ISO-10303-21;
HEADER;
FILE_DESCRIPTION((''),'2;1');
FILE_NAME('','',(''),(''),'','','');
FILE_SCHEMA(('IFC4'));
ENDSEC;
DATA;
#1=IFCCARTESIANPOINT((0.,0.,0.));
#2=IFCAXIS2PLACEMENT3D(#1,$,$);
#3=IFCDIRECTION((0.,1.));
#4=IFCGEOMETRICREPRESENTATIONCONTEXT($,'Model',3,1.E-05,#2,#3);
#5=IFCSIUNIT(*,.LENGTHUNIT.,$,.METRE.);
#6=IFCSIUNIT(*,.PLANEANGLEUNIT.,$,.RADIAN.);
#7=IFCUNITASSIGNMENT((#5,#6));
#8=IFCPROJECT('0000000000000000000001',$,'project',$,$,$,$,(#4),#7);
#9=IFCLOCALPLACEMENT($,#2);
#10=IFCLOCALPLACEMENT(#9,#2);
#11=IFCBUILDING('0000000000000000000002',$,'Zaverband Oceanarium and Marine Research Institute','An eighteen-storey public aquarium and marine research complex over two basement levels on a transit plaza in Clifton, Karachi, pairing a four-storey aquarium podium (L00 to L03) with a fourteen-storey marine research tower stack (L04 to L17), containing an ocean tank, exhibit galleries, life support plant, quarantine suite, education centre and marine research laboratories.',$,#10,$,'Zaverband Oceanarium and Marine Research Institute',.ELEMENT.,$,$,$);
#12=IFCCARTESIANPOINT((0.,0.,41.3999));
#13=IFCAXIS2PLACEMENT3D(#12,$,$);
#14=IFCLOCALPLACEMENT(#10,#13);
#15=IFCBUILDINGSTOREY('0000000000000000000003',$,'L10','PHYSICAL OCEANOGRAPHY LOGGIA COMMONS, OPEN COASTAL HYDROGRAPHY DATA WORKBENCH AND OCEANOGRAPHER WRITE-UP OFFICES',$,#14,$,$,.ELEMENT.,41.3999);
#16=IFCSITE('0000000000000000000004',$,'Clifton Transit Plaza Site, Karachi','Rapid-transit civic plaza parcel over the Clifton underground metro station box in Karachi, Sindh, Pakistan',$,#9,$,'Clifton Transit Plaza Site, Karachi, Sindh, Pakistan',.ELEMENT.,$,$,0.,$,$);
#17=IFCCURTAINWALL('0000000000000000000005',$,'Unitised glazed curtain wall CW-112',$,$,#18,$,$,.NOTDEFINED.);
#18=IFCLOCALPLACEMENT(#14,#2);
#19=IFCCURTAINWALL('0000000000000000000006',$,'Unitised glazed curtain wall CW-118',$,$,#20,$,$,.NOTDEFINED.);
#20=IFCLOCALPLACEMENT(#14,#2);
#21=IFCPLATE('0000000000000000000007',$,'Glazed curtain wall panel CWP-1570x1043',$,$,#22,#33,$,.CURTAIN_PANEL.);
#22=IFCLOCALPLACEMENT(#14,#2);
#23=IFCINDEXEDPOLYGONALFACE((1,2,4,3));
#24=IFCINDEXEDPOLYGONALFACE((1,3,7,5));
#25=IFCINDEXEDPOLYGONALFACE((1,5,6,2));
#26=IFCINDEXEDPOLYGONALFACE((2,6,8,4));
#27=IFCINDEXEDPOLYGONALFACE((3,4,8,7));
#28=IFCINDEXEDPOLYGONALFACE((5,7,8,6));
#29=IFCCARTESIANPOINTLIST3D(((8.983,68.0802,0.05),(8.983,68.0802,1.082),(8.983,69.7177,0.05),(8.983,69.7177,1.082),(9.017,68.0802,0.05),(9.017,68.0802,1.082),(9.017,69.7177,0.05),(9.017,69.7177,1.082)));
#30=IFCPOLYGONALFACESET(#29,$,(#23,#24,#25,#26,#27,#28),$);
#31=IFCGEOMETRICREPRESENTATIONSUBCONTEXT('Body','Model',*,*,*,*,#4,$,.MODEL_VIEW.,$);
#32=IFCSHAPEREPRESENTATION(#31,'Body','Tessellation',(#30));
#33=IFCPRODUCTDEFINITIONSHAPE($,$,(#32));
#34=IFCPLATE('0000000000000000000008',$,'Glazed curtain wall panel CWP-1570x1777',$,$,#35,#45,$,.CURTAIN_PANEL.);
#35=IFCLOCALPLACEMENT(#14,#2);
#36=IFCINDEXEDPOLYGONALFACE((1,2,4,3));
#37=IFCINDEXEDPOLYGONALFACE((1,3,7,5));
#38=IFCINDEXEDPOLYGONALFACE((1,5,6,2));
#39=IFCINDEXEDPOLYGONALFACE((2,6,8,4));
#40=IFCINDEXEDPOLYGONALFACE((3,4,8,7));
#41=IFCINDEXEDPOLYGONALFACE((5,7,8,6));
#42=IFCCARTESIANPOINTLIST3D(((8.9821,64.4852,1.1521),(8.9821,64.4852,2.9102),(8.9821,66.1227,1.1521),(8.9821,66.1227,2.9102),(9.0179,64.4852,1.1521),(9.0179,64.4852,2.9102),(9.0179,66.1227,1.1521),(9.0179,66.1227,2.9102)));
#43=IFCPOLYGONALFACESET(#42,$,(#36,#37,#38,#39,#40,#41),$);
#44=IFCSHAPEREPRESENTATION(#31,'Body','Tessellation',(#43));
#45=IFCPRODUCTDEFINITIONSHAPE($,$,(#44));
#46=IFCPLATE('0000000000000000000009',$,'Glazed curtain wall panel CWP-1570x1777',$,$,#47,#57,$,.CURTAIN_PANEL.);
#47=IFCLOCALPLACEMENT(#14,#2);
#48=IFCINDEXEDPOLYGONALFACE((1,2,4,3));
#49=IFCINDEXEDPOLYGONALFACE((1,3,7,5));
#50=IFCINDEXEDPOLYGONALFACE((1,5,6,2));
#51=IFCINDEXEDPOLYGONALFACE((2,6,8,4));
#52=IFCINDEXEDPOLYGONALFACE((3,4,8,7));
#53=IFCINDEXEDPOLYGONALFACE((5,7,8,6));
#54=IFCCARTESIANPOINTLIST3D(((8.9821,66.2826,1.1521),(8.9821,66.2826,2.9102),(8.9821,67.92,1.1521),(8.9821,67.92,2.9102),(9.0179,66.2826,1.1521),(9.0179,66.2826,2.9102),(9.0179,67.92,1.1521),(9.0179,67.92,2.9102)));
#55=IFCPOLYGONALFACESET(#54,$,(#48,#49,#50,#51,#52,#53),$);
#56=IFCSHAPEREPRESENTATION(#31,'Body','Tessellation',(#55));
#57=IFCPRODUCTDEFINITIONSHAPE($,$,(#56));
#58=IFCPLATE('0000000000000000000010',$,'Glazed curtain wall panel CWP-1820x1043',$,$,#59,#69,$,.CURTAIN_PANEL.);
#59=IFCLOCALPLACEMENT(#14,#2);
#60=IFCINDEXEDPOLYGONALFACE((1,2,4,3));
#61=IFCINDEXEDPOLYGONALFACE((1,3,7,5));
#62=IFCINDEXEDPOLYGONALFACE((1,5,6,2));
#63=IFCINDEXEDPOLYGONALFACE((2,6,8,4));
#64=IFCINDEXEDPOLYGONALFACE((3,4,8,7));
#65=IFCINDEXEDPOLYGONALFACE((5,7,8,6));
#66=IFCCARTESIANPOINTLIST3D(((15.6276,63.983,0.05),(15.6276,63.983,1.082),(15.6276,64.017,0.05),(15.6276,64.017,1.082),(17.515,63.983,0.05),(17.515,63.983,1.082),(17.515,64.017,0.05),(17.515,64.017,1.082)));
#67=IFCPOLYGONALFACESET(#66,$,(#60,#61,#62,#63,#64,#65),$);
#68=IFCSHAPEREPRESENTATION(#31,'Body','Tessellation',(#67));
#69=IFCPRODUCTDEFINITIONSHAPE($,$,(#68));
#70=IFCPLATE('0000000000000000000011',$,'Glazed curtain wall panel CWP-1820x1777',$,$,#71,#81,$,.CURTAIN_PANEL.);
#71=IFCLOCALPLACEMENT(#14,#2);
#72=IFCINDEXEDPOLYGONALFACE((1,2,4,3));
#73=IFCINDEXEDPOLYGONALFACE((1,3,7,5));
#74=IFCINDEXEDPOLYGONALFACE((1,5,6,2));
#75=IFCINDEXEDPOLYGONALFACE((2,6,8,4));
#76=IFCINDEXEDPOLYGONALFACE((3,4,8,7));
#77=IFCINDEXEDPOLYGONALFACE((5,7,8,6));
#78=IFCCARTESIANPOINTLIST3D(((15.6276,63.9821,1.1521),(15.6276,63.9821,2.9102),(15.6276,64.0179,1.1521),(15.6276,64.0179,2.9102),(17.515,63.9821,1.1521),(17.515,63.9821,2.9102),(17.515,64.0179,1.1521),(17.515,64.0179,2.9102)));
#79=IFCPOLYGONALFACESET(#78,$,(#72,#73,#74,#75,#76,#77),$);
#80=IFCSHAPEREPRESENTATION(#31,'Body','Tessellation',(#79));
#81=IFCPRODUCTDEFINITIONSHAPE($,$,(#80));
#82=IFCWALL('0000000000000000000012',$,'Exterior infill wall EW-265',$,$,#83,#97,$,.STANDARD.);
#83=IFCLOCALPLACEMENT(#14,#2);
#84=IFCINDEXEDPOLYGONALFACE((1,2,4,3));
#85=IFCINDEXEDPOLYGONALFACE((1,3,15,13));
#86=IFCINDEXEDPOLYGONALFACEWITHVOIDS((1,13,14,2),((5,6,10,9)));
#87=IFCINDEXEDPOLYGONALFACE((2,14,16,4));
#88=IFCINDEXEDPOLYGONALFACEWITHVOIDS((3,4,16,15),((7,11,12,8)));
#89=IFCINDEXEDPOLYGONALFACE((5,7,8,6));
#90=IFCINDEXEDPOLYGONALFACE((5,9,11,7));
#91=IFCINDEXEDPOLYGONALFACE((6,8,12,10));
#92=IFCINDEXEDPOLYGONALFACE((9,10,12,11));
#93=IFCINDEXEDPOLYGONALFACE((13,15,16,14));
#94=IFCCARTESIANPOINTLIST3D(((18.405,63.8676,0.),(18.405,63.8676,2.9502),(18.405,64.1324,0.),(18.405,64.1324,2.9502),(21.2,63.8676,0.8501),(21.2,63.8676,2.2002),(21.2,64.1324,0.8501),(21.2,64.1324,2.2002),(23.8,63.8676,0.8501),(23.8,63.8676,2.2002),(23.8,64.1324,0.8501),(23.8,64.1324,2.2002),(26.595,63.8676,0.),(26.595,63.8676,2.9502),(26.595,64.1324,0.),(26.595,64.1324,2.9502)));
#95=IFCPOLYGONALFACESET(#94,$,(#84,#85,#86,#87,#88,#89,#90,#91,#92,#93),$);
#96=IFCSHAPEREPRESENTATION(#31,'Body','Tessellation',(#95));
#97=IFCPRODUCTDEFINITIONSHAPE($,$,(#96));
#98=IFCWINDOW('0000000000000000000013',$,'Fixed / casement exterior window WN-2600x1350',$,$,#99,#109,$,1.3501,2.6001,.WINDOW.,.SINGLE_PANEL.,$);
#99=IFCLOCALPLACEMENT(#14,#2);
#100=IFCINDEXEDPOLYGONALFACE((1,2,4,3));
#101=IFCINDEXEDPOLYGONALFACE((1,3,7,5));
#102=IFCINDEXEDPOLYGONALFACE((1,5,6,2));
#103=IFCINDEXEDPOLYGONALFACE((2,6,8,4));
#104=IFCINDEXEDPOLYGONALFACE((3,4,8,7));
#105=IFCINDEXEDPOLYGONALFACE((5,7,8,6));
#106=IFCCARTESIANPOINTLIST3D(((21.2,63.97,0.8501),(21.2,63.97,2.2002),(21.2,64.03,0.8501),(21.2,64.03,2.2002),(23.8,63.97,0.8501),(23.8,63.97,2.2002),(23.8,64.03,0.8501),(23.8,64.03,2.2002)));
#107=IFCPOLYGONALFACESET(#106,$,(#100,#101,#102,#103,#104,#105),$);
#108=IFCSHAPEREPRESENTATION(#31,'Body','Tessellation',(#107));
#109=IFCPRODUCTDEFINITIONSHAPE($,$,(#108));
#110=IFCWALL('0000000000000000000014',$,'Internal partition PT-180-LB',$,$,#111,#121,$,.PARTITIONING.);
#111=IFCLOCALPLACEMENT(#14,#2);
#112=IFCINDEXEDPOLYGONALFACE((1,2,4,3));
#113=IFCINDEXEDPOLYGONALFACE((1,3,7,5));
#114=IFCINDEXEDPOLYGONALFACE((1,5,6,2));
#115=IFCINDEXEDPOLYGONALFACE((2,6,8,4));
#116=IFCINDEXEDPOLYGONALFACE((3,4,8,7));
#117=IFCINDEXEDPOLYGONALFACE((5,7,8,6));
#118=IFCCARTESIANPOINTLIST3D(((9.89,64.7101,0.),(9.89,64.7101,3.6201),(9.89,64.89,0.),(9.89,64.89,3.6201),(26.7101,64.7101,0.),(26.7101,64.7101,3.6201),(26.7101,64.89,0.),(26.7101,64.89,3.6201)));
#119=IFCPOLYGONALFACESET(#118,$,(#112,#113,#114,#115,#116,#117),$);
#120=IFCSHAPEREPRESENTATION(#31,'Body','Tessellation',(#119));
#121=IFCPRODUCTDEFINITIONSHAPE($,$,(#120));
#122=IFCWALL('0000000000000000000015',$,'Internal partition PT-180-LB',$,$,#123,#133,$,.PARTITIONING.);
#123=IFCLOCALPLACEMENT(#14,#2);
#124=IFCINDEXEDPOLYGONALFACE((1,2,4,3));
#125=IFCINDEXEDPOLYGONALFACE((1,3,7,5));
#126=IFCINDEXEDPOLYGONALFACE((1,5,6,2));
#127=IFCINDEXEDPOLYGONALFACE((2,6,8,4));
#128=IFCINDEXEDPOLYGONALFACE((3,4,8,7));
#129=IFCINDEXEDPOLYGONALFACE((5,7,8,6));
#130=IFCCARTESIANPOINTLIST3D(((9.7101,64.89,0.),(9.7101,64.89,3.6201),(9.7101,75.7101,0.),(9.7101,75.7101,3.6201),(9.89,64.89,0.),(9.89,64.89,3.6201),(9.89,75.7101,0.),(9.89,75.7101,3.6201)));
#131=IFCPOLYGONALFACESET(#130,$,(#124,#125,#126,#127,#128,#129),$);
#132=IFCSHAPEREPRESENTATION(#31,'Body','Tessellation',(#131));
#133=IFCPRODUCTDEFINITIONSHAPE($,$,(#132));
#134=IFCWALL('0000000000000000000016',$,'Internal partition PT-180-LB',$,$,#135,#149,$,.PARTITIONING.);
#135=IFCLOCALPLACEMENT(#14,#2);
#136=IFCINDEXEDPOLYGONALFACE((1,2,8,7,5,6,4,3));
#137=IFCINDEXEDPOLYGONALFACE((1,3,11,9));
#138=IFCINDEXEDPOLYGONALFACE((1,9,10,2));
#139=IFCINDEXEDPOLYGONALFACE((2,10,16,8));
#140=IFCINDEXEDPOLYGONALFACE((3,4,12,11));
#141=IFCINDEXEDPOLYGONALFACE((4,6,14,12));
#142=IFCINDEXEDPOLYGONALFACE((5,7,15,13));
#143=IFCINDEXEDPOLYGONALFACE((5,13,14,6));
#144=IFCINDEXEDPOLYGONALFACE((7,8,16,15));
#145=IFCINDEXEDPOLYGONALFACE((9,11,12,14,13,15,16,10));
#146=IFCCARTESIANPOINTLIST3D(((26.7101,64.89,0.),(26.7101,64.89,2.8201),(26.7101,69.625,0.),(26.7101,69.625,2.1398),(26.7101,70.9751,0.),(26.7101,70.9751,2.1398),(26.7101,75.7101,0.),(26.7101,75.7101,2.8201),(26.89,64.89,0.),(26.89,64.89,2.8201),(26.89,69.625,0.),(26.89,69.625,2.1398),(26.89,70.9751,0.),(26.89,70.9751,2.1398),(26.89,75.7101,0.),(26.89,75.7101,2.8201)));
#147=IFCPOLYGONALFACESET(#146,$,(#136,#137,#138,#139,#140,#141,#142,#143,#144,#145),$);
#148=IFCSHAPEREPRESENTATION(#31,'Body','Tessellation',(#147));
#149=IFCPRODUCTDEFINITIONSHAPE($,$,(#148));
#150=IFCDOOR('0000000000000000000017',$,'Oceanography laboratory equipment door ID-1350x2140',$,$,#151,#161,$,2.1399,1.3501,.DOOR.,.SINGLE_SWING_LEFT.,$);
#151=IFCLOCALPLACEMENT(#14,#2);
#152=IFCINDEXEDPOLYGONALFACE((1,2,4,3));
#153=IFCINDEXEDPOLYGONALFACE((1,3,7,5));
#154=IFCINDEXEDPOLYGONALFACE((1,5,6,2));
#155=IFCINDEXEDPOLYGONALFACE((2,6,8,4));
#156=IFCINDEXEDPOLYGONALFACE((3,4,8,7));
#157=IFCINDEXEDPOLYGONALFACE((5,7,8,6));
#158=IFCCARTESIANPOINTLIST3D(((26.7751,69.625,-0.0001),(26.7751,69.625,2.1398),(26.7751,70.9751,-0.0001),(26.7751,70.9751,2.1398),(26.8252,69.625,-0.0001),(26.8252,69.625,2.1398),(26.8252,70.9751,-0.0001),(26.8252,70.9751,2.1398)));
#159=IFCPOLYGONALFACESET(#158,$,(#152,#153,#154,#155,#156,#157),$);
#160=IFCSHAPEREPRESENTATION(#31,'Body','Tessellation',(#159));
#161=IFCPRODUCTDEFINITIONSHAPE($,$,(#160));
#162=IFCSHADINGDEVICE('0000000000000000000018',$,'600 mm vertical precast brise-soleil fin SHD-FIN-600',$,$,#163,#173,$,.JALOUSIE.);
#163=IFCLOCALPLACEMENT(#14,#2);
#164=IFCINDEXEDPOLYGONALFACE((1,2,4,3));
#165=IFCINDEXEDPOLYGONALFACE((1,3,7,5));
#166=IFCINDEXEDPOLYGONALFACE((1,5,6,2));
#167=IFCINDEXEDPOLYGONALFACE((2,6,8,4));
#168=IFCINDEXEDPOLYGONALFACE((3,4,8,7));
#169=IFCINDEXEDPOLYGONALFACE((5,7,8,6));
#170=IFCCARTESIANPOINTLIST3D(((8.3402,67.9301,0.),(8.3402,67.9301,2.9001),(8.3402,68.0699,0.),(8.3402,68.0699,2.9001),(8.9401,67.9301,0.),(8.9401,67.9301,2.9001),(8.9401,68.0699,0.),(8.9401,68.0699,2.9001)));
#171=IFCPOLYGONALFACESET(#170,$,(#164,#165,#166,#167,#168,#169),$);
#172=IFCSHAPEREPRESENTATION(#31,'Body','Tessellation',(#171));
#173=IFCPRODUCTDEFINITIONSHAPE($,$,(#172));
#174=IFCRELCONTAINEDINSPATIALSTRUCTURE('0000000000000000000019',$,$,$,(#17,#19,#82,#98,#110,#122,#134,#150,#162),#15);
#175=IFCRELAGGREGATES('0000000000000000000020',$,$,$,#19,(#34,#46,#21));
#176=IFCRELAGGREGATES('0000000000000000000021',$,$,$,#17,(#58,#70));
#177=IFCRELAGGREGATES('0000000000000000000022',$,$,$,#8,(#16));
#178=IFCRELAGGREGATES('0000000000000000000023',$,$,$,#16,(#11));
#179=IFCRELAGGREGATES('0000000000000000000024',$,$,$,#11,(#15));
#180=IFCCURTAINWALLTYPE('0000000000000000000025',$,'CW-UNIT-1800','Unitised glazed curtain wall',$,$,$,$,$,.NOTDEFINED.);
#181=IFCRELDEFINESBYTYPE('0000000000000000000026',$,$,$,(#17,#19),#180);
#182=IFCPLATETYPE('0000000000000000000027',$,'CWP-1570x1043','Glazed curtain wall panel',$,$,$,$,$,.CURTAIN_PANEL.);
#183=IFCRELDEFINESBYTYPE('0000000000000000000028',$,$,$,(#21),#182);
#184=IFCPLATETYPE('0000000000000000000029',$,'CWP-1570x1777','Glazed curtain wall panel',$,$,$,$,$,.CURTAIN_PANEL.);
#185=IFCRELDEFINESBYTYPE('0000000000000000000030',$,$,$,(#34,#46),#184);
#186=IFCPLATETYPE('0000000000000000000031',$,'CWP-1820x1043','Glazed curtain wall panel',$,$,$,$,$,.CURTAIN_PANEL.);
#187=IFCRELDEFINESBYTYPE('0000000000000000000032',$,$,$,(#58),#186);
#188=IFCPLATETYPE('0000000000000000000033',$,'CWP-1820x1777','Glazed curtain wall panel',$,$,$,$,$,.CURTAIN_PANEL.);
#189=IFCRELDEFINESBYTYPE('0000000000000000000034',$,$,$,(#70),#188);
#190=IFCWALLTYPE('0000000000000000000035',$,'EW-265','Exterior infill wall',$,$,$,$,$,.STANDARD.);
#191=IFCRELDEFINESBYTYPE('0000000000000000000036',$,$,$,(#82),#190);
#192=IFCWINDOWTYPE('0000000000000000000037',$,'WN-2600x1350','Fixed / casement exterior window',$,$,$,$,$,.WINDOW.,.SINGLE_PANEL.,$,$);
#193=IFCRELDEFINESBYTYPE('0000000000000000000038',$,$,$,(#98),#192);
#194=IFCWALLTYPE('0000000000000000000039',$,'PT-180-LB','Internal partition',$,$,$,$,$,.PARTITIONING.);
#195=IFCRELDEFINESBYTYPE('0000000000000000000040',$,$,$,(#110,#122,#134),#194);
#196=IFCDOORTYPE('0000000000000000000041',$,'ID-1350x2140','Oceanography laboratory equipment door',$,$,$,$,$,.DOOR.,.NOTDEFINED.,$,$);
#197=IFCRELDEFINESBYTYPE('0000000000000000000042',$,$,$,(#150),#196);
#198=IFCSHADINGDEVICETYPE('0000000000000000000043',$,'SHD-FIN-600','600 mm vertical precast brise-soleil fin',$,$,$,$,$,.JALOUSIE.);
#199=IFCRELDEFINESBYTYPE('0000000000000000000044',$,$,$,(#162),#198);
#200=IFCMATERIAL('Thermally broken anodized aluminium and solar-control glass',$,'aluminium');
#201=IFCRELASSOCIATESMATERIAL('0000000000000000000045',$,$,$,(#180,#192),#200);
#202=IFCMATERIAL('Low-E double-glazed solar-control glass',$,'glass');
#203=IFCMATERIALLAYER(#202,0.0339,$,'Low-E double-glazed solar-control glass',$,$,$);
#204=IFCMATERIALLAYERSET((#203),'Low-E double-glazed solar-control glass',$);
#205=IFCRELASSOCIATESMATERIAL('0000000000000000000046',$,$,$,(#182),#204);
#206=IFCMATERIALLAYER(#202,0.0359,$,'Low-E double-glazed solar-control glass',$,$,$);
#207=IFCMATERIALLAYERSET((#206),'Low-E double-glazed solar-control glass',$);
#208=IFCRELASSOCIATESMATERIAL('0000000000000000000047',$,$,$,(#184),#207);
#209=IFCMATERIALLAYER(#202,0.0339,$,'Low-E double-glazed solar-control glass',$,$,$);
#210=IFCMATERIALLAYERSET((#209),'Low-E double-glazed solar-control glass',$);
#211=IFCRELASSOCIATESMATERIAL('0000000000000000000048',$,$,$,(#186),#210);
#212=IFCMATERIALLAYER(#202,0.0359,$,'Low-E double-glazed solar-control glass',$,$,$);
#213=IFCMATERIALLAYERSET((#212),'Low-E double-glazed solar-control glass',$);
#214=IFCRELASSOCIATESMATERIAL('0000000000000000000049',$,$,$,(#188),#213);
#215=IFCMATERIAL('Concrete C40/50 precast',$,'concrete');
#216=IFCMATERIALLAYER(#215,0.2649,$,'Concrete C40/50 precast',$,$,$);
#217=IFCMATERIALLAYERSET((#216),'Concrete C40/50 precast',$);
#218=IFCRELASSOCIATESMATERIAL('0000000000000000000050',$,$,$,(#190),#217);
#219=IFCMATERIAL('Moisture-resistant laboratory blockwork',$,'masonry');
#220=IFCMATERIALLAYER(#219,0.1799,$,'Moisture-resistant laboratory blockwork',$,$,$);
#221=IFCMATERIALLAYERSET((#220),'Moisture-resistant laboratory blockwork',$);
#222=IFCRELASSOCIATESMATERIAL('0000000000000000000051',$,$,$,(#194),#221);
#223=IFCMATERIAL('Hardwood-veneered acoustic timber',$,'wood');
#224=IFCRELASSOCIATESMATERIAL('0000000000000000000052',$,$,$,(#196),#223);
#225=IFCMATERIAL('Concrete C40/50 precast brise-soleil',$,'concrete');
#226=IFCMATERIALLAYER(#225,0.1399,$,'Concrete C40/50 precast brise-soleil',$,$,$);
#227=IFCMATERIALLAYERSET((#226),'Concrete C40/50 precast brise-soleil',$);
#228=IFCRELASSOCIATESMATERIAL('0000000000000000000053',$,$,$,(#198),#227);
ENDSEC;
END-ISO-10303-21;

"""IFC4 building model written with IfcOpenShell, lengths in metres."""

from ifc_helpers import new_model, si_unit, direction, frame, frame_2d, origin, place, context, subcontext, project, spatial, rectangle, extrude, material, layer, layer_set, type_object, element, fill, aggregate, save


model = new_model("IFC4")

# Units and contexts
model_context = context("Model", 3, precision=1e-05, world=origin(), true_north=direction((0.0, 1.0)))
body_context = subcontext(model_context, "Body", "Model", "MODEL_VIEW")
ifc_project = project(units=[si_unit("LENGTHUNIT", "METRE"), si_unit("PLANEANGLEUNIT", "RADIAN")], contexts=[model_context])

# Site, building, storey
site_placement = place(None, origin())
site = spatial("IfcSite", under=ifc_project, at=site_placement, Name="Clifton Transit Plaza Site, Karachi", Description="Rapid-transit civic plaza parcel over the Clifton underground metro station box in Karachi, Sindh, Pakistan", LongName="Clifton Transit Plaza Site, Karachi, Sindh, Pakistan", CompositionType="ELEMENT", RefElevation=0.0)
building_placement = place(site_placement, origin())
building = spatial("IfcBuilding", under=site, at=building_placement, Name="Zaverband Oceanarium and Marine Research Institute", Description="An eighteen-storey public aquarium and marine research complex over two basement levels on a transit plaza in Clifton, Karachi, pairing a four-storey aquarium podium (L00 to L03) with a fourteen-storey marine research tower stack (L04 to L17), containing an ocean tank, exhibit galleries, life support plant, quarantine suite, education centre and marine research laboratories.", LongName="Zaverband Oceanarium and Marine Research Institute", CompositionType="ELEMENT")
storey_placement = place(building_placement, frame((0.0, 0.0, 41.3999)))
storey = spatial("IfcBuildingStorey", under=building, at=storey_placement, Name="L10", Description="PHYSICAL OCEANOGRAPHY LOGGIA COMMONS, OPEN COASTAL HYDROGRAPHY DATA WORKBENCH AND OCEANOGRAPHER WRITE-UP OFFICES", CompositionType="ELEMENT", Elevation=41.3999)

# Curtain wall
ifc_material_1 = material(Name="Thermally broken anodized aluminium and solar-control glass", Category="aluminium")
curtain_wall_type = type_object("IfcCurtainWallType", Name="CW-UNIT-1800", Description="Unitised glazed curtain wall", PredefinedType="NOTDEFINED", material=ifc_material_1)
curtain_wall_1_placement = place(storey_placement, origin())
curtain_wall_1 = element("IfcCurtainWall", 1, at=curtain_wall_1_placement, inside=storey, type_object=curtain_wall_type, Name="Unitised glazed curtain wall CW-112", PredefinedType="NOTDEFINED")

# Curtain wall, plates
curtain_wall_2_placement = place(storey_placement, origin())
curtain_wall_2 = element("IfcCurtainWall", 2, at=curtain_wall_2_placement, inside=storey, type_object=curtain_wall_type, Name="Unitised glazed curtain wall CW-118", PredefinedType="NOTDEFINED")
ifc_material_2 = material(Name="Low-E double-glazed solar-control glass", Category="glass")
ifc_layer_1 = layer(ifc_material_2, 0.0339, Name="Low-E double-glazed solar-control glass")
ifc_layer_set_1 = layer_set([ifc_layer_1], Name="Low-E double-glazed solar-control glass")
plate_type_1 = type_object("IfcPlateType", Name="CWP-1570x1043", Description="Glazed curtain wall panel", PredefinedType="CURTAIN_PANEL", material=ifc_layer_set_1)
plate_1_placement = place(storey_placement, frame((9.0, 68.0801, 0.05), z_axis=(0.0, 0.0, 1.0), x_axis=(0.0, 1.0, 0.0)))
plate_1 = element("IfcPlate", 3, at=plate_1_placement, type_object=plate_type_1, Name="Glazed curtain wall panel CWP-1570x1043", PredefinedType="CURTAIN_PANEL", context=body_context, shape_type="SweptSolid", body=[
    extrude(rectangle(XDim=1.6375, YDim=0.0339, at=frame_2d((0.8188, 0.0))), origin(), (0.0, 0.0, 1.0), 1.032),
])
ifc_layer_2 = layer(ifc_material_2, 0.0359, Name="Low-E double-glazed solar-control glass")
ifc_layer_set_2 = layer_set([ifc_layer_2], Name="Low-E double-glazed solar-control glass")
plate_type_2 = type_object("IfcPlateType", Name="CWP-1570x1777", Description="Glazed curtain wall panel", PredefinedType="CURTAIN_PANEL", material=ifc_layer_set_2)
plate_2_placement = place(storey_placement, frame((9.0, 64.4851, 1.1521), z_axis=(0.0, 0.0, 1.0), x_axis=(0.0, 1.0, 0.0)))
plate_2 = element("IfcPlate", 4, at=plate_2_placement, type_object=plate_type_2, Name="Glazed curtain wall panel CWP-1570x1777", PredefinedType="CURTAIN_PANEL", context=body_context, shape_type="SweptSolid", body=[
    extrude(rectangle(XDim=1.6375, YDim=0.0359, at=frame_2d((0.8188, 0.0))), origin(), (0.0, 0.0, 1.0), 1.7581),
])
plate_3_placement = place(storey_placement, frame((9.0, 66.2825, 1.1521), z_axis=(0.0, 0.0, 1.0), x_axis=(0.0, 1.0, 0.0)))
plate_3 = element("IfcPlate", 5, at=plate_3_placement, type_object=plate_type_2, Name="Glazed curtain wall panel CWP-1570x1777", PredefinedType="CURTAIN_PANEL", context=body_context, shape_type="SweptSolid", body=[
    extrude(rectangle(XDim=1.6375, YDim=0.0359, at=frame_2d((0.8188, 0.0))), origin(), (0.0, 0.0, 1.0), 1.7581),
])
aggregate(curtain_wall_2, [plate_2, plate_3, plate_1])

# Plates
ifc_layer_3 = layer(ifc_material_2, 0.0339, Name="Low-E double-glazed solar-control glass")
ifc_layer_set_3 = layer_set([ifc_layer_3], Name="Low-E double-glazed solar-control glass")
plate_type_3 = type_object("IfcPlateType", Name="CWP-1820x1043", Description="Glazed curtain wall panel", PredefinedType="CURTAIN_PANEL", material=ifc_layer_set_3)
plate_4_placement = place(storey_placement, frame((15.6274, 64.0, 0.05), z_axis=(0.0, 0.0, 1.0), x_axis=(1.0, 0.0, 0.0)))
plate_4 = element("IfcPlate", 6, at=plate_4_placement, type_object=plate_type_3, Name="Glazed curtain wall panel CWP-1820x1043", PredefinedType="CURTAIN_PANEL", context=body_context, shape_type="SweptSolid", body=[
    extrude(rectangle(XDim=1.8875, YDim=0.0339, at=frame_2d((0.9438, 0.0))), origin(), (0.0, 0.0, 1.0), 1.032),
])
ifc_layer_4 = layer(ifc_material_2, 0.0359, Name="Low-E double-glazed solar-control glass")
ifc_layer_set_4 = layer_set([ifc_layer_4], Name="Low-E double-glazed solar-control glass")
plate_type_4 = type_object("IfcPlateType", Name="CWP-1820x1777", Description="Glazed curtain wall panel", PredefinedType="CURTAIN_PANEL", material=ifc_layer_set_4)
plate_5_placement = place(storey_placement, frame((15.6274, 64.0, 1.1521), z_axis=(0.0, 0.0, 1.0), x_axis=(1.0, 0.0, 0.0)))
plate_5 = element("IfcPlate", 7, at=plate_5_placement, type_object=plate_type_4, Name="Glazed curtain wall panel CWP-1820x1777", PredefinedType="CURTAIN_PANEL", context=body_context, shape_type="SweptSolid", body=[
    extrude(rectangle(XDim=1.8875, YDim=0.0359, at=frame_2d((0.9438, 0.0))), origin(), (0.0, 0.0, 1.0), 1.7581),
])
aggregate(curtain_wall_1, [plate_4, plate_5])

# Wall, opening, window
ifc_material_3 = material(Name="Concrete C40/50 precast", Category="concrete")
ifc_layer_5 = layer(ifc_material_3, 0.2649, Name="Concrete C40/50 precast")
ifc_layer_set_5 = layer_set([ifc_layer_5], Name="Concrete C40/50 precast")
wall_type_1 = type_object("IfcWallType", Name="EW-265", Description="Exterior infill wall", PredefinedType="STANDARD", material=ifc_layer_set_5)
wall_1_placement = place(storey_placement, frame((18.405, 64.0, 0.0), z_axis=(0.0, 0.0, 1.0), x_axis=(1.0, 0.0, 0.0)))
wall_1 = element("IfcWall", 8, at=wall_1_placement, inside=storey, type_object=wall_type_1, Name="Exterior infill wall EW-265", PredefinedType="STANDARD", context=body_context, shape_type="SweptSolid", body=[
    extrude(rectangle(XDim=8.1899, YDim=0.2649, at=frame_2d((4.095, 0.0))), origin(), (0.0, 0.0, 1.0), 2.9502),
])
opening_1_placement = place(wall_1_placement, frame((2.7949, 0.0, 0.8501)))
opening_1 = element("IfcOpeningElement", 9, at=opening_1_placement, cuts=wall_1, PredefinedType="OPENING", context=body_context, shape_type="SweptSolid", body=[
    extrude(rectangle(XDim=2.6001, YDim=1.3501, at=frame_2d((1.3, 0.675))), frame((0.0, 0.1445, 0.0), z_axis=(0.0, -1.0, 0.0), x_axis=(1.0, 0.0, 0.0)), (0.0, 0.0, 1.0), 0.2888),
])
window_type = type_object("IfcWindowType", Name="WN-2600x1350", Description="Fixed / casement exterior window", PartitioningType="SINGLE_PANEL", PredefinedType="WINDOW", material=ifc_material_1)
window_placement = place(opening_1_placement, origin())
window = element("IfcWindow", 10, at=window_placement, inside=storey, type_object=window_type, Name="Fixed / casement exterior window WN-2600x1350", OverallHeight=1.3501, OverallWidth=2.6001, PartitioningType="SINGLE_PANEL", PredefinedType="WINDOW", context=body_context, shape_type="SweptSolid", body=[
    extrude(rectangle(XDim=2.6001, YDim=1.3501, at=frame_2d((1.3, 0.675))), frame((0.0, 0.03, 0.0), z_axis=(0.0, -1.0, 0.0), x_axis=(1.0, 0.0, 0.0)), (0.0, 0.0, 1.0), 0.0601),
])
fill(opening_1, window)

# Walls
ifc_material_4 = material(Name="Moisture-resistant laboratory blockwork", Category="masonry")
ifc_layer_6 = layer(ifc_material_4, 0.1799, Name="Moisture-resistant laboratory blockwork")
ifc_layer_set_6 = layer_set([ifc_layer_6], Name="Moisture-resistant laboratory blockwork")
wall_type_2 = type_object("IfcWallType", Name="PT-180-LB", Description="Internal partition", PredefinedType="PARTITIONING", material=ifc_layer_set_6)
wall_2_placement = place(storey_placement, frame((9.8899, 64.8, 0.0), z_axis=(0.0, 0.0, 1.0), x_axis=(1.0, 0.0, 0.0)))
element("IfcWall", 11, at=wall_2_placement, inside=storey, type_object=wall_type_2, Name="Internal partition PT-180-LB", PredefinedType="PARTITIONING", context=body_context, shape_type="SweptSolid", body=[
    extrude(rectangle(XDim=16.8201, YDim=0.1799, at=frame_2d((8.4102, 0.0))), origin(), (0.0, 0.0, 1.0), 3.6201),
])
wall_3_placement = place(storey_placement, frame((9.8, 64.8899, 0.0), z_axis=(0.0, 0.0, 1.0), x_axis=(0.0, 1.0, 0.0)))
element("IfcWall", 12, at=wall_3_placement, inside=storey, type_object=wall_type_2, Name="Internal partition PT-180-LB", PredefinedType="PARTITIONING", context=body_context, shape_type="SweptSolid", body=[
    extrude(rectangle(XDim=10.8201, YDim=0.1799, at=frame_2d((5.4102, 0.0))), origin(), (0.0, 0.0, 1.0), 3.6201),
])

# Wall, opening, door
wall_4_placement = place(storey_placement, frame((26.8, 64.8899, 0.0), z_axis=(0.0, 0.0, 1.0), x_axis=(0.0, 1.0, 0.0)))
wall_4 = element("IfcWall", 13, at=wall_4_placement, inside=storey, type_object=wall_type_2, Name="Internal partition PT-180-LB", PredefinedType="PARTITIONING", context=body_context, shape_type="SweptSolid", body=[
    extrude(rectangle(XDim=10.8201, YDim=0.1799, at=frame_2d((5.4102, 0.0))), origin(), (0.0, 0.0, 1.0), 2.8201),
])
opening_2_placement = place(wall_4_placement, frame((4.7351, 0.0, 0.0)))
opening_2 = element("IfcOpeningElement", 14, at=opening_2_placement, cuts=wall_4, PredefinedType="OPENING", context=body_context, shape_type="SweptSolid", body=[
    extrude(rectangle(XDim=1.3501, YDim=2.1399, at=frame_2d((0.675, 1.0698))), frame((0.0, 0.1021, 0.0), z_axis=(0.0, -1.0, 0.0), x_axis=(1.0, 0.0, 0.0)), (0.0, 0.0, 1.0), 0.2039),
])
ifc_material_5 = material(Name="Hardwood-veneered acoustic timber", Category="wood")
door_type = type_object("IfcDoorType", Name="ID-1350x2140", Description="Oceanography laboratory equipment door", OperationType="NOTDEFINED", PredefinedType="DOOR", material=ifc_material_5)
door_placement = place(opening_2_placement, origin())
door = element("IfcDoor", 15, at=door_placement, inside=storey, type_object=door_type, Name="Oceanography laboratory equipment door ID-1350x2140", OperationType="SINGLE_SWING_LEFT", OverallHeight=2.1399, OverallWidth=1.3501, PredefinedType="DOOR", context=body_context, shape_type="SweptSolid", body=[
    extrude(rectangle(XDim=1.3501, YDim=2.1399, at=frame_2d((0.675, 1.0698))), frame((0.0, 0.0249, 0.0), z_axis=(0.0, -1.0, 0.0), x_axis=(1.0, 0.0, 0.0)), (0.0, 0.0, 1.0), 0.05),
])
fill(opening_2, door)

# Shading device
ifc_material_6 = material(Name="Concrete C40/50 precast brise-soleil", Category="concrete")
ifc_layer_7 = layer(ifc_material_6, 0.1399, Name="Concrete C40/50 precast brise-soleil")
ifc_layer_set_7 = layer_set([ifc_layer_7], Name="Concrete C40/50 precast brise-soleil")
shading_device_type = type_object("IfcShadingDeviceType", Name="SHD-FIN-600", Description="600 mm vertical precast brise-soleil fin", PredefinedType="JALOUSIE", material=ifc_layer_set_7)
shading_device_placement = place(storey_placement, frame((8.9399, 68.0, 0.0), z_axis=(0.0, 0.0, 1.0), x_axis=(-1.0, 0.0, 0.0)))
element("IfcShadingDevice", 16, at=shading_device_placement, inside=storey, type_object=shading_device_type, Name="600 mm vertical precast brise-soleil fin SHD-FIN-600", PredefinedType="JALOUSIE", context=body_context, shape_type="SweptSolid", body=[
    extrude(rectangle(XDim=0.5999, YDim=0.1399, at=frame_2d((0.2998, 0.0))), origin(), (0.0, 0.0, 1.0), 2.9001),
])

save(model, "model.ifc")
